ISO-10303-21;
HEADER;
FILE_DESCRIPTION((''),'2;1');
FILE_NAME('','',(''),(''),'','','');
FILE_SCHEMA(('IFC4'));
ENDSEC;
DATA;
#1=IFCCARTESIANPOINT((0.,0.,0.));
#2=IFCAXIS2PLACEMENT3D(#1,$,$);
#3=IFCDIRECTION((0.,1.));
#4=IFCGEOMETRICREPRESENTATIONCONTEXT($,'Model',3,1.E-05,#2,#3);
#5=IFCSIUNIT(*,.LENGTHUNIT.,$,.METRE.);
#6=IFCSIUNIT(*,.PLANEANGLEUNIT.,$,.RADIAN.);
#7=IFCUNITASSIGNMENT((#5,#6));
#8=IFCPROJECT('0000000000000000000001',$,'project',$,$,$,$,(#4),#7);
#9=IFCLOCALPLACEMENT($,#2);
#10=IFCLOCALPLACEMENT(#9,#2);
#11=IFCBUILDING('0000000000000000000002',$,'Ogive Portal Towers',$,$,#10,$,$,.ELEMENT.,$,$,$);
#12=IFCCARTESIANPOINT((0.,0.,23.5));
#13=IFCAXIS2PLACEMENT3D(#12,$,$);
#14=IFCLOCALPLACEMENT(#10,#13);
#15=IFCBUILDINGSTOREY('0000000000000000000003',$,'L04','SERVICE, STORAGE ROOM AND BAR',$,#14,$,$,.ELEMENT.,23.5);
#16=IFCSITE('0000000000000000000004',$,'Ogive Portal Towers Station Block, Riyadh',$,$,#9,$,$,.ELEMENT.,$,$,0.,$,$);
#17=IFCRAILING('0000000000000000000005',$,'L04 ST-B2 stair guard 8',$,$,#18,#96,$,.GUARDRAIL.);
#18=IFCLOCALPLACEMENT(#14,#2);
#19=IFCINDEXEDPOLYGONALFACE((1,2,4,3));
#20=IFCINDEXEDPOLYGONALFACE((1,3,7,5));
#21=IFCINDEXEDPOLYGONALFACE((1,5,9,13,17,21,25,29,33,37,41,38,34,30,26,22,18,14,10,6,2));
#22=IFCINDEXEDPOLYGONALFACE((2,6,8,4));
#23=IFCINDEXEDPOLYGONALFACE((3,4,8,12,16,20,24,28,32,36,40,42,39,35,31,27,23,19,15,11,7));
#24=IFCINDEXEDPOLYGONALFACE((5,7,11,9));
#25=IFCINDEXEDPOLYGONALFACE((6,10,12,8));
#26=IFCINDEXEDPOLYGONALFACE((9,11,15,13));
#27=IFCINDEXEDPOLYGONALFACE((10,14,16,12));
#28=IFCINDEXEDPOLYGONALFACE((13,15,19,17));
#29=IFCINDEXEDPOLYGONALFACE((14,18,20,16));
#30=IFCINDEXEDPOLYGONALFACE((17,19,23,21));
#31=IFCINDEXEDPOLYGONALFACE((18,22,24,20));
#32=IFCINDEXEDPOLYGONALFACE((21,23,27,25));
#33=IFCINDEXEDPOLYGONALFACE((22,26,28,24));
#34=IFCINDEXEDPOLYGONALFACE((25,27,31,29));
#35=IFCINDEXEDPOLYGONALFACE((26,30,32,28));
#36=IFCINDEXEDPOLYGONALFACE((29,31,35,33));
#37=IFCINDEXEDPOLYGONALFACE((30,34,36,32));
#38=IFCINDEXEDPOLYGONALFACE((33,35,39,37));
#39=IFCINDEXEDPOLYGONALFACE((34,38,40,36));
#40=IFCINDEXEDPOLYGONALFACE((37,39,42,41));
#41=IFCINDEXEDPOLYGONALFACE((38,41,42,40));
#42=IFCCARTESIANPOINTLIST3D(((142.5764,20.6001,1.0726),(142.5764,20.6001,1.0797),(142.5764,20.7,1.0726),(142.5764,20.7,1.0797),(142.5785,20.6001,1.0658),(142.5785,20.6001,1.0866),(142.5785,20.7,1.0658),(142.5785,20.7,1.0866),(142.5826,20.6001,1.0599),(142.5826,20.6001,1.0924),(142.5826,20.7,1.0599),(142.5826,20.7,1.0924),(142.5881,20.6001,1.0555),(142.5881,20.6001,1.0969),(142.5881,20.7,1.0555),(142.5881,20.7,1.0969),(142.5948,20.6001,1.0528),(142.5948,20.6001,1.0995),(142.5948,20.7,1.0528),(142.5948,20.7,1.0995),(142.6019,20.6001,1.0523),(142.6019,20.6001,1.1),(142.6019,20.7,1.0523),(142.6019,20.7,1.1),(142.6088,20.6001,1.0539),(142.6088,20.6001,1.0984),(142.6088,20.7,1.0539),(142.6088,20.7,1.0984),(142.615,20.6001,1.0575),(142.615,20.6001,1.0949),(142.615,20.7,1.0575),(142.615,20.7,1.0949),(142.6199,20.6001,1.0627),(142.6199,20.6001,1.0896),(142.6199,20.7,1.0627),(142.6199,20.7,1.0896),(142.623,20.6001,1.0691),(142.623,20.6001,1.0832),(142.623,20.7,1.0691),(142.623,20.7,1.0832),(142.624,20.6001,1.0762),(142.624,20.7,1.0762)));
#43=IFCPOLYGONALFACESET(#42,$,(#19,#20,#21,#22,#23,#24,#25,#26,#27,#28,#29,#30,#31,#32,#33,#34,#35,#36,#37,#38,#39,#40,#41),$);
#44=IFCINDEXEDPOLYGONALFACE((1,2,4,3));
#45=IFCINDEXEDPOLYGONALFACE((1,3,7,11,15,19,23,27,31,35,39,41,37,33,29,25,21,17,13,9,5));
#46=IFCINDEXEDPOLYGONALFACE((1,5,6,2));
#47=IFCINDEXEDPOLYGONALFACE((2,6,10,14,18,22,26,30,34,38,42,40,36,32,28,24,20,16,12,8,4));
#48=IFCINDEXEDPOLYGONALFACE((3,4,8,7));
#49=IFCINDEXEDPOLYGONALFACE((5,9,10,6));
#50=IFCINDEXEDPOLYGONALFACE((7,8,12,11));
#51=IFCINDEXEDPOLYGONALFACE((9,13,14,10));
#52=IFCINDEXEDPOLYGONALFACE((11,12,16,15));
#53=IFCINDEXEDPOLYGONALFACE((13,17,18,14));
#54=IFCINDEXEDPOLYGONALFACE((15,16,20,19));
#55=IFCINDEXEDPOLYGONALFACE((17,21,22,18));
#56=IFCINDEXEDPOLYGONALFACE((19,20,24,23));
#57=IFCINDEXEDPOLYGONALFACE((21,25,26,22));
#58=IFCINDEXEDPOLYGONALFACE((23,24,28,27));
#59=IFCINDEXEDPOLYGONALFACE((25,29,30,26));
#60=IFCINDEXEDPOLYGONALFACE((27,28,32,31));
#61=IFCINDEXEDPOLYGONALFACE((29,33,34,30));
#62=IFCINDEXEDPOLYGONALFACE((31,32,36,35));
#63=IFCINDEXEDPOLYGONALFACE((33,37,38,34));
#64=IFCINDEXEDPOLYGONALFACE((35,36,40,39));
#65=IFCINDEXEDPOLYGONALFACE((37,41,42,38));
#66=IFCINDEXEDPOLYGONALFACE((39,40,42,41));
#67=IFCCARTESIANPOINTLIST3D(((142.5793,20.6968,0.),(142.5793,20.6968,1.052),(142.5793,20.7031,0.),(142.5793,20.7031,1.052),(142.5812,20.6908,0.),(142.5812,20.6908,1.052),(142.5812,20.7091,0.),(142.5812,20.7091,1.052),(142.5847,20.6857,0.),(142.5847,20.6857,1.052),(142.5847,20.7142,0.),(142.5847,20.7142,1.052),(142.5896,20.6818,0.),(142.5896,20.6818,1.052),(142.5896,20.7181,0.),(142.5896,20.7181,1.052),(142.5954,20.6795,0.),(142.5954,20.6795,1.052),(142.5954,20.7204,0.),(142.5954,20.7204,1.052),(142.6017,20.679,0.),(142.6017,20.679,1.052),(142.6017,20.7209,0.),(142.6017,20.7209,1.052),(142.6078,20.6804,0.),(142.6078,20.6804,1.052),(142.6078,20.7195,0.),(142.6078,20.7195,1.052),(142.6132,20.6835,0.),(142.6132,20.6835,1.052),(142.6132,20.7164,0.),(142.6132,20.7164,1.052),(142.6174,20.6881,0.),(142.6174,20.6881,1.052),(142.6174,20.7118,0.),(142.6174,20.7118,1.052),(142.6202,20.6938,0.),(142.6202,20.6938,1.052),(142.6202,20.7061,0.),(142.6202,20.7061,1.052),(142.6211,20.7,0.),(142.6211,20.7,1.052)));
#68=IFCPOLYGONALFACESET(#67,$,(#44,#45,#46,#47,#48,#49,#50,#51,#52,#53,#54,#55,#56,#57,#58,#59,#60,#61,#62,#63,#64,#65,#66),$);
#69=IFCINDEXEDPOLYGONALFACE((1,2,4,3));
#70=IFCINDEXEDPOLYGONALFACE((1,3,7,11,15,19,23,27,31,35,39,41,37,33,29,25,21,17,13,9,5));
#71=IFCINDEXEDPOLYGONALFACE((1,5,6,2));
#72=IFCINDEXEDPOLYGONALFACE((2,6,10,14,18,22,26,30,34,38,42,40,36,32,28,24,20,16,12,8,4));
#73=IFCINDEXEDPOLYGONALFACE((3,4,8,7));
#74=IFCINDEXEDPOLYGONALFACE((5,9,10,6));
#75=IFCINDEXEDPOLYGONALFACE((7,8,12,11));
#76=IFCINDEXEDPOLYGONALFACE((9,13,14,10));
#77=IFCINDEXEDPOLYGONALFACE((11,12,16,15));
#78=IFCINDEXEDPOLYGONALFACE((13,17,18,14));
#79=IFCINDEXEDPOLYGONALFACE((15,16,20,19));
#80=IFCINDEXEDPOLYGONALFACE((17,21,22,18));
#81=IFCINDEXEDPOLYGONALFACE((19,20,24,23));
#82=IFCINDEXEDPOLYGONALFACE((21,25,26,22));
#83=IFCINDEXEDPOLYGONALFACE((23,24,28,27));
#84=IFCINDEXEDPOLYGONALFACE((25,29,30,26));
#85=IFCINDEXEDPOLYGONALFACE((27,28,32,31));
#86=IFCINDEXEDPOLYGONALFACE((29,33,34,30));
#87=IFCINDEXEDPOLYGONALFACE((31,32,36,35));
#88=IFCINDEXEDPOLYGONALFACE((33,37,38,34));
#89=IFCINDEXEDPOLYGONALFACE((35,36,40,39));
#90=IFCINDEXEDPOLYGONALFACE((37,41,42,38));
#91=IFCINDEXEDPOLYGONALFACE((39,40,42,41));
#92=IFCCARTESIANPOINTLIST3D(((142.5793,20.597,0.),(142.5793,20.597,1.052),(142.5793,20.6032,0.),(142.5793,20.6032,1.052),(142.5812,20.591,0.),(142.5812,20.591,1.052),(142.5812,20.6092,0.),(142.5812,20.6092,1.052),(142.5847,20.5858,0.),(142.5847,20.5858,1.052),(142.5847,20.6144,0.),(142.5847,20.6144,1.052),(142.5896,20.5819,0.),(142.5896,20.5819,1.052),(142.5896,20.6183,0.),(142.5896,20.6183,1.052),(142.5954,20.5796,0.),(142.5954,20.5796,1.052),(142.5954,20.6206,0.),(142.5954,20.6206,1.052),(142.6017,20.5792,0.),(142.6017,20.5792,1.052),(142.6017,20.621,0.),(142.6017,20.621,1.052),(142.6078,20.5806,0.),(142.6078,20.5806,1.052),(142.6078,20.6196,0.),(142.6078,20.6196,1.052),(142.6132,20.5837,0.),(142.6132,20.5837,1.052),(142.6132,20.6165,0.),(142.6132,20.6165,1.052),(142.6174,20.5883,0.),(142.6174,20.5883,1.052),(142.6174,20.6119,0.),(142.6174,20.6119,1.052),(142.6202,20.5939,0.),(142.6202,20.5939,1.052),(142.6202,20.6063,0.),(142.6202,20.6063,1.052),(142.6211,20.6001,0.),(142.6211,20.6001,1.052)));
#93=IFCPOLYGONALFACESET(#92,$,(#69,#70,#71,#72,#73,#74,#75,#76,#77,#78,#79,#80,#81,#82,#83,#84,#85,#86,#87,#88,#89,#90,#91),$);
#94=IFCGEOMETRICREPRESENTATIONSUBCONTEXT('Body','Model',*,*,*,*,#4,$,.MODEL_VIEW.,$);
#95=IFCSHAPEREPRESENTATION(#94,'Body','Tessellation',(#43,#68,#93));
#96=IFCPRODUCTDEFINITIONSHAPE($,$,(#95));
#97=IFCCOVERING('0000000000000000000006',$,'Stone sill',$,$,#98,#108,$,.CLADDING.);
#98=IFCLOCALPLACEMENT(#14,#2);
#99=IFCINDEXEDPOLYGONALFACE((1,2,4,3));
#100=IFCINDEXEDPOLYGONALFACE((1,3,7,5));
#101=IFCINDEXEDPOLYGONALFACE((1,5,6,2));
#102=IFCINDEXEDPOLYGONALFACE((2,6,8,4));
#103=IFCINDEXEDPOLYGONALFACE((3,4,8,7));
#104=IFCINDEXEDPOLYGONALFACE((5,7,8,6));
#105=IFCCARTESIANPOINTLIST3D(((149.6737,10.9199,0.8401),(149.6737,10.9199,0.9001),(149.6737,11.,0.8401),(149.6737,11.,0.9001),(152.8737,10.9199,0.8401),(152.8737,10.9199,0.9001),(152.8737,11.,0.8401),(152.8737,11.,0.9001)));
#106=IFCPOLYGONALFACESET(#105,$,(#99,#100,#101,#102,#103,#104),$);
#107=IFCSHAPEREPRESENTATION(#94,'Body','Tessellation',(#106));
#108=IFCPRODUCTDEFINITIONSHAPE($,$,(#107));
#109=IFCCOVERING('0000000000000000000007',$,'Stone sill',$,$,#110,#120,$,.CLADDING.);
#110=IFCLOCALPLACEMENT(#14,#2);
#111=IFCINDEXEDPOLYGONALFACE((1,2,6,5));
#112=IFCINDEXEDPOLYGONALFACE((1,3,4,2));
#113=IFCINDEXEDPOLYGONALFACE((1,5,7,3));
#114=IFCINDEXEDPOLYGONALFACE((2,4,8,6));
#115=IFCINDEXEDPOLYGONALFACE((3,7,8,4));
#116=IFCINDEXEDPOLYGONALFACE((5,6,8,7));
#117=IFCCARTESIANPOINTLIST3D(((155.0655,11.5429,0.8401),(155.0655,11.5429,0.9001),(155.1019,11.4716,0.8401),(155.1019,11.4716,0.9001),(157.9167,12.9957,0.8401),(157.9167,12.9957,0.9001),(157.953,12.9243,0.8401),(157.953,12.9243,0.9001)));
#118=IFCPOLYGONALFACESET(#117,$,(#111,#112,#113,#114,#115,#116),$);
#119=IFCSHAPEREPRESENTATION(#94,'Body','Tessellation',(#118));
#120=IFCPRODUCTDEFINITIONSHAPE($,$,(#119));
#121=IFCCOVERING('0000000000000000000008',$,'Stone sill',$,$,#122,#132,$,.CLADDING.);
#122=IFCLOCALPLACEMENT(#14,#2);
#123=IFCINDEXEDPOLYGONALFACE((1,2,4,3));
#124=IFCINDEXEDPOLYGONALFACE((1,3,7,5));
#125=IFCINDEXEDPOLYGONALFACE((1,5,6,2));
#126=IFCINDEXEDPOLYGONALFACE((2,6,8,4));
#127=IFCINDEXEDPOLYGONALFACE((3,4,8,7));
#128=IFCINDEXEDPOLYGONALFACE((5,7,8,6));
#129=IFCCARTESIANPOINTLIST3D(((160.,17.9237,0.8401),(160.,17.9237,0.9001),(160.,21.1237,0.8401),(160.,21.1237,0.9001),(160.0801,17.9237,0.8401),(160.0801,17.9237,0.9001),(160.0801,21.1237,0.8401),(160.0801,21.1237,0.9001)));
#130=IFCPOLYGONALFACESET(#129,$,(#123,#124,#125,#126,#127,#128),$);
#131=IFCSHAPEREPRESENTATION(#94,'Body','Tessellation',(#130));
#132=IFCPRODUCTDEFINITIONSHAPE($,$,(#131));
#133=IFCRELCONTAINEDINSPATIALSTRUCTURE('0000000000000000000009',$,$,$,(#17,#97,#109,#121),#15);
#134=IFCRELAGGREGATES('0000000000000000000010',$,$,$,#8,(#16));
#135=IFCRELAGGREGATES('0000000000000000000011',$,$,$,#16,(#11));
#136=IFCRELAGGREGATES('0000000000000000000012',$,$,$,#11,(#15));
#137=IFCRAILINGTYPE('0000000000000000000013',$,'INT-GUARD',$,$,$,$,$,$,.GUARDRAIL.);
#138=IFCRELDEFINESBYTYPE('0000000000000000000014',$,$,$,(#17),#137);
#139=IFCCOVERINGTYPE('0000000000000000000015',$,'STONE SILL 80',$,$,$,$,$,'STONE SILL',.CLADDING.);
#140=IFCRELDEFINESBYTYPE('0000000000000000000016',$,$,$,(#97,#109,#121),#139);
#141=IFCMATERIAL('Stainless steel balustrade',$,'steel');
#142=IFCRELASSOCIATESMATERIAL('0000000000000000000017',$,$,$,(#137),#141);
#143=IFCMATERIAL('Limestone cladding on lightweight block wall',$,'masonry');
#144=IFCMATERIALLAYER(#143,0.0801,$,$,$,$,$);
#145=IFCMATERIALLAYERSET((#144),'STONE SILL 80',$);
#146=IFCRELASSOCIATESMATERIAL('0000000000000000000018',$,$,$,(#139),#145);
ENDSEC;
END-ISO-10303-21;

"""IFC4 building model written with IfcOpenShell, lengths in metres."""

from ifc_helpers import new_model, si_unit, direction, frame, origin, origin_2d, place, context, subcontext, project, spatial, rectangle, circle, extrude, material, layer, layer_set, type_object, element, save


model = new_model("IFC4")

# Units and contexts
model_context = context("Model", 3, precision=1e-05, world=origin(), true_north=direction((0.0, 1.0)))
body_context = subcontext(model_context, "Body", "Model", "MODEL_VIEW")
ifc_project = project(units=[si_unit("LENGTHUNIT", "METRE"), si_unit("PLANEANGLEUNIT", "RADIAN")], contexts=[model_context])

# Site, building, storey
site_placement = place(None, origin())
site = spatial("IfcSite", under=ifc_project, at=site_placement, Name="Ogive Portal Towers Station Block, Riyadh", CompositionType="ELEMENT", RefElevation=0.0)
building_placement = place(site_placement, origin())
building = spatial("IfcBuilding", under=site, at=building_placement, Name="Ogive Portal Towers", CompositionType="ELEMENT")
storey_placement = place(building_placement, frame((0.0, 0.0, 23.5)))
storey = spatial("IfcBuildingStorey", under=building, at=storey_placement, Name="L04", Description="SERVICE, STORAGE ROOM AND BAR", CompositionType="ELEMENT", Elevation=23.5)

# Shared definitions
ifc_material_1 = material(Name="Limestone cladding on lightweight block wall", Category="masonry")

# Railing
ifc_material_2 = material(Name="Stainless steel balustrade", Category="steel")
railing_type = type_object("IfcRailingType", Name="INT-GUARD", PredefinedType="GUARDRAIL", material=ifc_material_2)
for number, where, name in (
    (1, (142.6001, 20.7, 0.0), "L04 ST-B2 stair guard 8"),
):
    element("IfcRailing", number, at=place(storey_placement, frame(where)), inside=storey, type_object=railing_type, Name=name, PredefinedType="GUARDRAIL", context=body_context, shape_type="SweptSolid", body=[
        extrude(circle(Radius=0.0239, at=origin_2d()), frame((0.0, 0.0, 1.0762), z_axis=(0.0, -1.0, 0.0), x_axis=(1.0, 0.0, 0.0)), (0.0, 0.0, 1.0), 0.0999),
        extrude(circle(Radius=0.021, at=origin_2d()), origin(), (0.0, 0.0, 1.0), 1.052),
        extrude(circle(Radius=0.021, at=origin_2d()), frame((0.0, -0.0999, 0.0)), (0.0, 0.0, 1.0), 1.052),
    ])

# Coverings
ifc_layer_1 = layer(ifc_material_1, 0.0801)
ifc_layer_set_1 = layer_set([ifc_layer_1], Name="STONE SILL 80")
covering_type = type_object("IfcCoveringType", Name="STONE SILL 80", ElementType="STONE SILL", PredefinedType="CLADDING", material=ifc_layer_set_1)
for number, where, z_axis, x_axis, name in (
    (2, (151.2737, 10.96, 0.8401), (0.0, 0.0, 1.0), (1.0, 0.0, 0.0), "Stone sill"),
    (3, (156.5093, 12.2336, 0.8401), (0.0, 0.0, 1.0), (0.891007, 0.45399, 0.0), "Stone sill"),
    (4, (160.04, 19.5237, 0.8401), (0.0, 0.0, 1.0), (0.0, 1.0, 0.0), "Stone sill"),
):
    element("IfcCovering", number, at=place(storey_placement, frame(where, z_axis=z_axis, x_axis=x_axis)), inside=storey, type_object=covering_type, Name=name, PredefinedType="CLADDING", context=body_context, shape_type="SweptSolid", body=[
        extrude(rectangle(XDim=3.2, YDim=0.0801, at=origin_2d()), origin(), (0.0, 0.0, 1.0), 0.0601),
    ])

save(model, "model.ifc")
